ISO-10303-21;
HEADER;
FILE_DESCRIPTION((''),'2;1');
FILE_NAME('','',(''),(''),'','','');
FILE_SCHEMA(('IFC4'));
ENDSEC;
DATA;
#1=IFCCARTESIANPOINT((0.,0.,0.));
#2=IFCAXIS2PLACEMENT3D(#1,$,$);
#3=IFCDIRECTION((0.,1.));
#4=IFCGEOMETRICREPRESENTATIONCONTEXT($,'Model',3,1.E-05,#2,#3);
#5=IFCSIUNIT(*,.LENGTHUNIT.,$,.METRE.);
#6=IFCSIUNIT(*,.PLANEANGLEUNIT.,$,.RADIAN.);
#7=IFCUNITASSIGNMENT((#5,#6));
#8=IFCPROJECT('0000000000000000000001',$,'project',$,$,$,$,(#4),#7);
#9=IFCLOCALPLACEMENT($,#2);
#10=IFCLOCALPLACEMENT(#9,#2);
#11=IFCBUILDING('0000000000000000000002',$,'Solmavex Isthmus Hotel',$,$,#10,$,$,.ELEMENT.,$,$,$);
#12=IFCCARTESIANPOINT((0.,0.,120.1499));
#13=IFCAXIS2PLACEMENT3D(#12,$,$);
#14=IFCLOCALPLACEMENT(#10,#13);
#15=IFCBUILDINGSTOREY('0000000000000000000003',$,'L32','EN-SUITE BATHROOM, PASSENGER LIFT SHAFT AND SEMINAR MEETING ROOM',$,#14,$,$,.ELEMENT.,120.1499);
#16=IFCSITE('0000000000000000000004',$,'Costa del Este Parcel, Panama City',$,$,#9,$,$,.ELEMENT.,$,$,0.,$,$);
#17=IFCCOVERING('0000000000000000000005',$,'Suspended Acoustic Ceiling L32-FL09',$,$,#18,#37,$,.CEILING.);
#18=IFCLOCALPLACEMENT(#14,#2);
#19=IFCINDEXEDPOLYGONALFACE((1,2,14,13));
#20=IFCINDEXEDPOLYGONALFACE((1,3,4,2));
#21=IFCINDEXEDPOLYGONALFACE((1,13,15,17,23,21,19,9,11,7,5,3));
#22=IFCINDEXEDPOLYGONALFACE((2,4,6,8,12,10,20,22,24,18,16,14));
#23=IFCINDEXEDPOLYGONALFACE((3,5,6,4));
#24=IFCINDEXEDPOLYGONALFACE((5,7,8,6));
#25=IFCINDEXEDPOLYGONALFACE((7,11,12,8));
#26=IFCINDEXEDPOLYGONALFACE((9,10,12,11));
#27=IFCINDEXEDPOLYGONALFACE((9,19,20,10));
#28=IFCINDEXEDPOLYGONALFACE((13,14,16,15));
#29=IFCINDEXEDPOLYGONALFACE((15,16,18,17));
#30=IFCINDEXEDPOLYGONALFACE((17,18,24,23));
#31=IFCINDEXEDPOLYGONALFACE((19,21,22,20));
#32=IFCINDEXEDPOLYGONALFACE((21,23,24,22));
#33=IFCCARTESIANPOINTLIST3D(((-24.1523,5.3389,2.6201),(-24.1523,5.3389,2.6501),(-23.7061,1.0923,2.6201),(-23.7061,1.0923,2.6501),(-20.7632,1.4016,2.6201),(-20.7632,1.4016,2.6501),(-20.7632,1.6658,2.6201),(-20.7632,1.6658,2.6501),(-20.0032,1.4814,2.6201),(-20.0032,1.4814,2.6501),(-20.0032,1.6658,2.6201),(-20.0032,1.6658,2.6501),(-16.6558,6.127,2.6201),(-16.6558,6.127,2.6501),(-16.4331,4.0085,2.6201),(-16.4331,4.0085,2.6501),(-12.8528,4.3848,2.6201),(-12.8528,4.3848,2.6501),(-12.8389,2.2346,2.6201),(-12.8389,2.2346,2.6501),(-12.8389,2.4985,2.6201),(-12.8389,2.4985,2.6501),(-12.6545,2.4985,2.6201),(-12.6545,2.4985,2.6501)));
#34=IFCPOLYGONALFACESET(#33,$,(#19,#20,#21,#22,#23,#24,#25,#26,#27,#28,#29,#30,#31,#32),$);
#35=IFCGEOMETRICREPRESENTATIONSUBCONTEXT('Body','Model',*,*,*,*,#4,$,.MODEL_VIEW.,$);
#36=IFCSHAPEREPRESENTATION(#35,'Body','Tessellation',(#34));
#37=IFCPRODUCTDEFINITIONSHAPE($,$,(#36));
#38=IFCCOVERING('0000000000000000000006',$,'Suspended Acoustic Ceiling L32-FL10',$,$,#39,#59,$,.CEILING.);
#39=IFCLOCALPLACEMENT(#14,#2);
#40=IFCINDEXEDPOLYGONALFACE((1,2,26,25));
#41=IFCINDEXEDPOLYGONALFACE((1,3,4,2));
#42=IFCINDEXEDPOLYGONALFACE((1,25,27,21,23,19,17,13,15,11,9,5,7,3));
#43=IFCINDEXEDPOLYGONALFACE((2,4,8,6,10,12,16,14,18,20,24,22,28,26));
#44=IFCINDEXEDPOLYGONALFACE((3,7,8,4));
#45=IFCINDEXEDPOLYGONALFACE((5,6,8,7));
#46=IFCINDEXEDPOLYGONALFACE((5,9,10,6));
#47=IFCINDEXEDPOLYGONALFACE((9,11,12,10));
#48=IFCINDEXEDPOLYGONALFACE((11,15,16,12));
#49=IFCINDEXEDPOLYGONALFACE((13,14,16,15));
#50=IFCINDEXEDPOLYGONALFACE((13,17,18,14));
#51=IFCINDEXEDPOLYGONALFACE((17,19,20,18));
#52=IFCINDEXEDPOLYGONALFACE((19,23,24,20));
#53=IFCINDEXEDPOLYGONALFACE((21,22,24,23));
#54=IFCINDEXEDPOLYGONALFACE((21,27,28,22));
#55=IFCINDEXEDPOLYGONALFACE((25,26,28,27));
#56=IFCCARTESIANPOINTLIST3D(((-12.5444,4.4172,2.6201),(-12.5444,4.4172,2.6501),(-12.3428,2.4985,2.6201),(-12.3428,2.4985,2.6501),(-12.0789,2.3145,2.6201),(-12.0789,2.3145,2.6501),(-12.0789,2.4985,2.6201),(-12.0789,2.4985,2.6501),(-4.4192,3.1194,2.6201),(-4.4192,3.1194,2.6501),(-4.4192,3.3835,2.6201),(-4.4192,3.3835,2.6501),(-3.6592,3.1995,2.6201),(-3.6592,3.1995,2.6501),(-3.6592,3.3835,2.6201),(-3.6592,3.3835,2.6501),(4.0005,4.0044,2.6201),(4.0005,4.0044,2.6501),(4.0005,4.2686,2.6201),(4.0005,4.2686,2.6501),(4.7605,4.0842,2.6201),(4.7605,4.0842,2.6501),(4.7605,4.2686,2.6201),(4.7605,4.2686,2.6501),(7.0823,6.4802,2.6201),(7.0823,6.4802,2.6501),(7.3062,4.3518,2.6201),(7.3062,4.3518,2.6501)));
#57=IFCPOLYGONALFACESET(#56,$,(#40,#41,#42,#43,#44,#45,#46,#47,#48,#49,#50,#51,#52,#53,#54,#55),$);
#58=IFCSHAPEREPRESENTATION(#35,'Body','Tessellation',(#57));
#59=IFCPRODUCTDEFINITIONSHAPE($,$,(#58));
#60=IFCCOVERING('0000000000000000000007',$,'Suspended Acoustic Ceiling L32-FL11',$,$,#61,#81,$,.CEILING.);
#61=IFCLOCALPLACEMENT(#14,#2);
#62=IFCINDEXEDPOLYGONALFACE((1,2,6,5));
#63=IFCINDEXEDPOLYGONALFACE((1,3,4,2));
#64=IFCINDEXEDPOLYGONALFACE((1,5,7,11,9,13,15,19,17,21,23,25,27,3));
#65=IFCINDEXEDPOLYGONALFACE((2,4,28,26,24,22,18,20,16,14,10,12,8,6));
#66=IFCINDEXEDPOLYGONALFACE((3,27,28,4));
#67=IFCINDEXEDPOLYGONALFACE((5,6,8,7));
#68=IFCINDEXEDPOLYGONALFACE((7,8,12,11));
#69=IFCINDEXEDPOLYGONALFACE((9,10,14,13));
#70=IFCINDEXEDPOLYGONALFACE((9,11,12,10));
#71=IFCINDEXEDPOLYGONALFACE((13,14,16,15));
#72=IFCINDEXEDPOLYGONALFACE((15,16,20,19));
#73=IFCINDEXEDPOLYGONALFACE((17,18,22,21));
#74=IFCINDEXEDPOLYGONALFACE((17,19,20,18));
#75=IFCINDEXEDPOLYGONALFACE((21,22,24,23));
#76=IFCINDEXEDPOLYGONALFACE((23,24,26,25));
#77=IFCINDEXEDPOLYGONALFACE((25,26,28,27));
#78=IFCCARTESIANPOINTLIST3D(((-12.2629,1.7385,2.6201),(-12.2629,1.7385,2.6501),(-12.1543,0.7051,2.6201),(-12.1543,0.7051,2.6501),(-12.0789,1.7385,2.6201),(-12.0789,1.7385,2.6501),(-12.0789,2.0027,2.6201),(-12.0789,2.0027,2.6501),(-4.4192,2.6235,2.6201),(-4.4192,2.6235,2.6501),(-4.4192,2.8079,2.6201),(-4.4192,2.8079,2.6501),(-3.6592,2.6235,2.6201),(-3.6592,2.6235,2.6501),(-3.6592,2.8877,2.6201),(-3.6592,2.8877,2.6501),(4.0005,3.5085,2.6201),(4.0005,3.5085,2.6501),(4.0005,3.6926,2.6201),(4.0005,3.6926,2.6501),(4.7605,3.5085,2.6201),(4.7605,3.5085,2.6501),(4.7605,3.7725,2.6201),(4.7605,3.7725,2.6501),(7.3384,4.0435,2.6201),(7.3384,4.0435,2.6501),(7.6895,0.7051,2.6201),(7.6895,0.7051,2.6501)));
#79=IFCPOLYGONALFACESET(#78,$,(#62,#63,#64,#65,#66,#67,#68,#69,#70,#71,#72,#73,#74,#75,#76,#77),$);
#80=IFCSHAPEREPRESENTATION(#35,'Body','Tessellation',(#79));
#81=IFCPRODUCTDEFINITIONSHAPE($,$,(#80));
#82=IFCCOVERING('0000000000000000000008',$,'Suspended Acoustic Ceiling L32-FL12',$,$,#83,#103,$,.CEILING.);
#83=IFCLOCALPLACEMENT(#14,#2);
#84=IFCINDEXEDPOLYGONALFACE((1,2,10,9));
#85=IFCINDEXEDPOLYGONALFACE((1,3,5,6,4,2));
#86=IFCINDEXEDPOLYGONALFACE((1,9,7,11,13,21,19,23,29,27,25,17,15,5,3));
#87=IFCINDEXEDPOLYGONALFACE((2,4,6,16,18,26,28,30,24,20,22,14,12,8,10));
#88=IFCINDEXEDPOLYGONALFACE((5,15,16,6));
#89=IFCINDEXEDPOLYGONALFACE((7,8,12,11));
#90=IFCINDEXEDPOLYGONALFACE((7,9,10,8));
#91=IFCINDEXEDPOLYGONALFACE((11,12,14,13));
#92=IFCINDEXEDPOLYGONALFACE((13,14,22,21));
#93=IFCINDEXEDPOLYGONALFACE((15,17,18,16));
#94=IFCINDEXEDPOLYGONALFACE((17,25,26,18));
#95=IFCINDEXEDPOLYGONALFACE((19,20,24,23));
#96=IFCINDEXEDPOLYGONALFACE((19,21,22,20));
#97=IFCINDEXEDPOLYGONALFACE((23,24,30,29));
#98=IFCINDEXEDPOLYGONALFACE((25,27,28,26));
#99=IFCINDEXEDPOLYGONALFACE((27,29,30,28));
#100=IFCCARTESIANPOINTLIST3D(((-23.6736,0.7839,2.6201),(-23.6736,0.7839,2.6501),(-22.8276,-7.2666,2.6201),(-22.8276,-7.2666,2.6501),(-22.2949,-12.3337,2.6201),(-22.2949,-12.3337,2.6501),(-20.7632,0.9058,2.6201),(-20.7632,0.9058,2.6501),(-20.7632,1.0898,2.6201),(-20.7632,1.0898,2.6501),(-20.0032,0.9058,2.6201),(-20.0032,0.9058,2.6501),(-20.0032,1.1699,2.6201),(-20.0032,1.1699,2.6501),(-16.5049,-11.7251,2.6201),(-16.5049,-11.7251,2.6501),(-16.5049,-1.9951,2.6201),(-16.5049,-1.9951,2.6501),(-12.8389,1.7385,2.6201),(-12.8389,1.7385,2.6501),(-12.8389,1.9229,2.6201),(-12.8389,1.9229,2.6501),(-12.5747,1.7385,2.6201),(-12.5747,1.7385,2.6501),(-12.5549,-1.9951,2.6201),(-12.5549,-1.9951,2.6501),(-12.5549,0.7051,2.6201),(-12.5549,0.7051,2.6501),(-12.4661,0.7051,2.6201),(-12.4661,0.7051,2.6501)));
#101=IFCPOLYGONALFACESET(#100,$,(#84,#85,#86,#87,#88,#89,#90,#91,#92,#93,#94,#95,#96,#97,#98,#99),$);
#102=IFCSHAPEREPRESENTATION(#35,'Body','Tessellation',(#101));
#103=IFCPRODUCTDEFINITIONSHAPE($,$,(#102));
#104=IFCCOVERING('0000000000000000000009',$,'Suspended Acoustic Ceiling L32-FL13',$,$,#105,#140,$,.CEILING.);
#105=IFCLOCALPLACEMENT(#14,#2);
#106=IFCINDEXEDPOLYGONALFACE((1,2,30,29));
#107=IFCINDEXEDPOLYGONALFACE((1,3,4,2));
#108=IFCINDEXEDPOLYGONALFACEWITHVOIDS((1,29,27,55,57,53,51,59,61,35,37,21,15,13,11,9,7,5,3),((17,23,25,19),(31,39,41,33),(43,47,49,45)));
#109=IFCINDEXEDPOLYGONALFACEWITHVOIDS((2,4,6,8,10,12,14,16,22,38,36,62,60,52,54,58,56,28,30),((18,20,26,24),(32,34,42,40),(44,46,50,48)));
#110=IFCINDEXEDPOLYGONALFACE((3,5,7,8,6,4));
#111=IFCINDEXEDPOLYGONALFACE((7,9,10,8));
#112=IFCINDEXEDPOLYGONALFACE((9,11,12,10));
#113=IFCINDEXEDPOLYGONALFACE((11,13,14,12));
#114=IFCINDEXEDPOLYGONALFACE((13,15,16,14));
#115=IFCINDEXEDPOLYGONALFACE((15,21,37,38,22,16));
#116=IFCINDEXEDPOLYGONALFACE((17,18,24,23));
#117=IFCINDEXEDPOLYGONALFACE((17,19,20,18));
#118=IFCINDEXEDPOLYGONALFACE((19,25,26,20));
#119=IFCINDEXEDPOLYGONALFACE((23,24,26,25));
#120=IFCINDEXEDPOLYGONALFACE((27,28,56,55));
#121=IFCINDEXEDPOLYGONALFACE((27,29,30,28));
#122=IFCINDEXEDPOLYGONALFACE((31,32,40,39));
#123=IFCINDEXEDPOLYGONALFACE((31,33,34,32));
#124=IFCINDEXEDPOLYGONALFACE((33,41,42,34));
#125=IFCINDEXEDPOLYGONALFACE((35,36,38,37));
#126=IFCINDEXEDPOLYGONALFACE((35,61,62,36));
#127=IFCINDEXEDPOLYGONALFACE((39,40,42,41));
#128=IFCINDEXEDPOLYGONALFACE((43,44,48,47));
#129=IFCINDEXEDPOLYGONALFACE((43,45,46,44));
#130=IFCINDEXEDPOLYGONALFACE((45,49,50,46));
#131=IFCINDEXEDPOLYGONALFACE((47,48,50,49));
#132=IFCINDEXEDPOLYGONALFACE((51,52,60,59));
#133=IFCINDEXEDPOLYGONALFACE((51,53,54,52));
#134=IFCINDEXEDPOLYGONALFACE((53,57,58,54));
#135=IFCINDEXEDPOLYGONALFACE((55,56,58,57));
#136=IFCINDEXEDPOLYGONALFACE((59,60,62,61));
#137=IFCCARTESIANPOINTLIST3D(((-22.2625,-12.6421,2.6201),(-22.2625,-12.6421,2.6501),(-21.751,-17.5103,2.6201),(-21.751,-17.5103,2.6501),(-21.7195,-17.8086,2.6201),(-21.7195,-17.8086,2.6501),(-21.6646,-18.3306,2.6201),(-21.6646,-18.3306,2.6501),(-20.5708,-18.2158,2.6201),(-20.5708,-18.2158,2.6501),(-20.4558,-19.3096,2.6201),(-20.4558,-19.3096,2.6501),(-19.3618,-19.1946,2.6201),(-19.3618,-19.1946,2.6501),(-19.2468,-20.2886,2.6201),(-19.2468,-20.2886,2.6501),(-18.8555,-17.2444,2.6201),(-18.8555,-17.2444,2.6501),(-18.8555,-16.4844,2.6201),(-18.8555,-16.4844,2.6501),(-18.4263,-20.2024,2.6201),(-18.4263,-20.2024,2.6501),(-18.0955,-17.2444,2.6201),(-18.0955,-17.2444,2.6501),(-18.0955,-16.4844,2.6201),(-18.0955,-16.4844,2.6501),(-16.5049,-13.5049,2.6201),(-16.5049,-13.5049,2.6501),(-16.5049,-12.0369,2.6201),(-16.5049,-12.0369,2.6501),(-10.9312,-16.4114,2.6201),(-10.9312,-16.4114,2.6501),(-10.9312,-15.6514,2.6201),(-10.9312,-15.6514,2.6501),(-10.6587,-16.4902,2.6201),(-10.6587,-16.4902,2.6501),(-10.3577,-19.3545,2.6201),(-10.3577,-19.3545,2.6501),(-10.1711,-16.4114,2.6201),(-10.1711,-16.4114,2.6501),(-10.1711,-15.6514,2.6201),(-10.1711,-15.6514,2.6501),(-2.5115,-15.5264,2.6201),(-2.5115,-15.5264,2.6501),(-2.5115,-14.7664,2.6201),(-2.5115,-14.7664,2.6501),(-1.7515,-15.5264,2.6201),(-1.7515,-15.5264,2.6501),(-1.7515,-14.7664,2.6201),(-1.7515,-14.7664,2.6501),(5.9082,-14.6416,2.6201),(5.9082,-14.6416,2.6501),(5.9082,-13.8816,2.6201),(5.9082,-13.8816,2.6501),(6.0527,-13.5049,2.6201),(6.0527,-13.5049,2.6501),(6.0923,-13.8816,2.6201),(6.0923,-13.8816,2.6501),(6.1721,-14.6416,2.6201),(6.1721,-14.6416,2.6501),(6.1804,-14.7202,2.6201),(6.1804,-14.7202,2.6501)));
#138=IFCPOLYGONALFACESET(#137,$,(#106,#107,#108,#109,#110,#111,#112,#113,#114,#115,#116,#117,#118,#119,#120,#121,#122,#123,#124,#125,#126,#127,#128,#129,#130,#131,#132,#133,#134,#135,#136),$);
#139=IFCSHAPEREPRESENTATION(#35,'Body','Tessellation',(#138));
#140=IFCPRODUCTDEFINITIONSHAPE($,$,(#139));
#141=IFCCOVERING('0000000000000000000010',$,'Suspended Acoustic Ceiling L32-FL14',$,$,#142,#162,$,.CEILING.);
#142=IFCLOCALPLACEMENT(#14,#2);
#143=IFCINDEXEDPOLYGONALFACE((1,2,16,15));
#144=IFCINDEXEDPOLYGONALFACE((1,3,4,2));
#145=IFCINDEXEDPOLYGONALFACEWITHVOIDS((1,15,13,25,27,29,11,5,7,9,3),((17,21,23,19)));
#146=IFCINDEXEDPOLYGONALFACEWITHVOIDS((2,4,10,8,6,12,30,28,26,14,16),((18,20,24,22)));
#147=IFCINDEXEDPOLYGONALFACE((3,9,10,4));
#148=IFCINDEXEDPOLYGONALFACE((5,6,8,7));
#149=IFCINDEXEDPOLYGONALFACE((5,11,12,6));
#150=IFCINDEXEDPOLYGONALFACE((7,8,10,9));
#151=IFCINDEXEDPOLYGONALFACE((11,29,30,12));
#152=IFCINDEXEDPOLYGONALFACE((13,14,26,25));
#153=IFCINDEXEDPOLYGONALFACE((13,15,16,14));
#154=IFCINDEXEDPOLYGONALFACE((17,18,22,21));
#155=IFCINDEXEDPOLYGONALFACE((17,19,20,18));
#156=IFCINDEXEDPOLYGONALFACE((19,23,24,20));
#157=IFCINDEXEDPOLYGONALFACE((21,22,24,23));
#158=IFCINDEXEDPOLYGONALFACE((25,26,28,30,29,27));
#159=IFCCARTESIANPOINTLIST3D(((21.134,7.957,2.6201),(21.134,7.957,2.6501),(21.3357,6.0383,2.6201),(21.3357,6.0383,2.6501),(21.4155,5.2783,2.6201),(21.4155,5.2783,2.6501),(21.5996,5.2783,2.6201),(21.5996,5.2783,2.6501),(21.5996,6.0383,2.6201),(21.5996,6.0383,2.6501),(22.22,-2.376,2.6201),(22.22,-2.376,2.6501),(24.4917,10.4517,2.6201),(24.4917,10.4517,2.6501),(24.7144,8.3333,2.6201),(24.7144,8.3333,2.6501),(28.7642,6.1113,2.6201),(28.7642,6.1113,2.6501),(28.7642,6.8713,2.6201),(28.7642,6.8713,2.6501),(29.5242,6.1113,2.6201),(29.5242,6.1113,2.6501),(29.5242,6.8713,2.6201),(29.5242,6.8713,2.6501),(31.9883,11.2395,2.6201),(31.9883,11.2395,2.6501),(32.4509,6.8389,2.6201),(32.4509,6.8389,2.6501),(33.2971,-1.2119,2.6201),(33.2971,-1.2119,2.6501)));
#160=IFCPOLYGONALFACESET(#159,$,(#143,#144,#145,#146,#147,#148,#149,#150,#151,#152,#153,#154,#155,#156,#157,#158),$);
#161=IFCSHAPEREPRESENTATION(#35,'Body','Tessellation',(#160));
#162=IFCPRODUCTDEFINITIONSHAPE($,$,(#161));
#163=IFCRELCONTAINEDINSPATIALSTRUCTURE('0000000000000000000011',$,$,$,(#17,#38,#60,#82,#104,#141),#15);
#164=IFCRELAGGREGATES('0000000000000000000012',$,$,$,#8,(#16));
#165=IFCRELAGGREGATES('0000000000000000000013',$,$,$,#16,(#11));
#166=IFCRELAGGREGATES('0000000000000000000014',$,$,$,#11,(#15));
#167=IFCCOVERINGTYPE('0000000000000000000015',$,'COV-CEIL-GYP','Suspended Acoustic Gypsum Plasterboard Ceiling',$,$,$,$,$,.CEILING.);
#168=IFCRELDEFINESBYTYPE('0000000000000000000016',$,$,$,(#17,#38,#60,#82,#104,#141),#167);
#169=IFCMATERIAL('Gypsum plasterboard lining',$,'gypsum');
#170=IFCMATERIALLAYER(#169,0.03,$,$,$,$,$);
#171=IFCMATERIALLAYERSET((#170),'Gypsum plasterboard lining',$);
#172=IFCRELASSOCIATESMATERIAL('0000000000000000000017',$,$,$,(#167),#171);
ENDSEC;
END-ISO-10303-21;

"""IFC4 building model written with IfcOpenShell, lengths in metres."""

from ifc_helpers import new_model, si_unit, direction, frame, origin, place, context, subcontext, project, spatial, polyline, outline, extrude, material, layer, layer_set, type_object, element, save


model = new_model("IFC4")

# Units and contexts
model_context = context("Model", 3, precision=1e-05, world=origin(), true_north=direction((0.0, 1.0)))
body_context = subcontext(model_context, "Body", "Model", "MODEL_VIEW")
ifc_project = project(units=[si_unit("LENGTHUNIT", "METRE"), si_unit("PLANEANGLEUNIT", "RADIAN")], contexts=[model_context])

# Site, building, storey
site_placement = place(None, origin())
site = spatial("IfcSite", under=ifc_project, at=site_placement, Name="Costa del Este Parcel, Panama City", CompositionType="ELEMENT", RefElevation=0.0)
building_placement = place(site_placement, origin())
building = spatial("IfcBuilding", under=site, at=building_placement, Name="Solmavex Isthmus Hotel", CompositionType="ELEMENT")
storey_placement = place(building_placement, frame((0.0, 0.0, 120.1499)))
storey = spatial("IfcBuildingStorey", under=building, at=storey_placement, Name="L32", Description="EN-SUITE BATHROOM, PASSENGER LIFT SHAFT AND SEMINAR MEETING ROOM", CompositionType="ELEMENT", Elevation=120.1499)

# Shared definitions
ifc_material_1 = material(Name="Gypsum plasterboard lining", Category="gypsum")

# Coverings
ifc_layer_1 = layer(ifc_material_1, 0.03)
ifc_layer_set_1 = layer_set([ifc_layer_1], Name="Gypsum plasterboard lining")
covering_type_1 = type_object("IfcCoveringType", Name="COV-CEIL-GYP", Description="Suspended Acoustic Gypsum Plasterboard Ceiling", PredefinedType="CEILING", material=ifc_layer_set_1)
covering_1_placement = place(storey_placement, frame((0.0, 0.0, 2.6201)))
element("IfcCovering", 1, at=covering_1_placement, inside=storey, type_object=covering_type_1, Name="Suspended Acoustic Ceiling L32-FL09", PredefinedType="CEILING", context=body_context, shape_type="SweptSolid", body=[
    extrude(outline(polyline([(-12.8389, 2.2346), (-12.8389, 2.4985), (-12.6545, 2.4985), (-12.8528, 4.3848), (-16.4331, 4.0085), (-16.6558, 6.127), (-24.1523, 5.3389), (-23.7061, 1.0923), (-20.7632, 1.4016), (-20.7632, 1.6658), (-20.0032, 1.6658), (-20.0032, 1.4814), (-12.8389, 2.2346)])), origin(), (0.0, 0.0, 1.0), 0.03),
])
covering_2_placement = place(storey_placement, frame((0.0, 0.0, 2.6201)))
element("IfcCovering", 2, at=covering_2_placement, inside=storey, type_object=covering_type_1, Name="Suspended Acoustic Ceiling L32-FL10", PredefinedType="CEILING", context=body_context, shape_type="SweptSolid", body=[
    extrude(outline(polyline([(4.0005, 4.0044), (4.0005, 4.2686), (4.7605, 4.2686), (4.7605, 4.0842), (7.3062, 4.3518), (7.0823, 6.4802), (-12.5444, 4.4172), (-12.3428, 2.4985), (-12.0789, 2.4985), (-12.0789, 2.3145), (-4.4192, 3.1194), (-4.4192, 3.3835), (-3.6592, 3.3835), (-3.6592, 3.1995), (4.0005, 4.0044)])), origin(), (0.0, 0.0, 1.0), 0.03),
])
covering_3_placement = place(storey_placement, frame((0.0, 0.0, 2.6201)))
element("IfcCovering", 3, at=covering_3_placement, inside=storey, type_object=covering_type_1, Name="Suspended Acoustic Ceiling L32-FL11", PredefinedType="CEILING", context=body_context, shape_type="SweptSolid", body=[
    extrude(outline(polyline([(-12.0789, 2.0027), (-12.0789, 1.7385), (-12.2629, 1.7385), (-12.1543, 0.7051), (7.6895, 0.7051), (7.3384, 4.0435), (4.7605, 3.7725), (4.7605, 3.5085), (4.0005, 3.5085), (4.0005, 3.6926), (-3.6592, 2.8877), (-3.6592, 2.6235), (-4.4192, 2.6235), (-4.4192, 2.8079), (-12.0789, 2.0027)])), origin(), (0.0, 0.0, 1.0), 0.03),
])
covering_4_placement = place(storey_placement, frame((0.0, 0.0, 2.6201)))
element("IfcCovering", 4, at=covering_4_placement, inside=storey, type_object=covering_type_1, Name="Suspended Acoustic Ceiling L32-FL12", PredefinedType="CEILING", context=body_context, shape_type="SweptSolid", body=[
    extrude(outline(polyline([(-20.0032, 1.1699), (-20.0032, 0.9058), (-20.7632, 0.9058), (-20.7632, 1.0898), (-23.6736, 0.7839), (-22.8276, -7.2666), (-22.2949, -12.3337), (-16.5049, -11.7251), (-16.5049, -1.9951), (-12.5549, -1.9951), (-12.5549, 0.7051), (-12.4661, 0.7051), (-12.5747, 1.7385), (-12.8389, 1.7385), (-12.8389, 1.9229), (-20.0032, 1.1699)])), origin(), (0.0, 0.0, 1.0), 0.03),
])
covering_5_placement = place(storey_placement, frame((0.0, 0.0, 2.6201)))
element("IfcCovering", 5, at=covering_5_placement, inside=storey, type_object=covering_type_1, Name="Suspended Acoustic Ceiling L32-FL13", PredefinedType="CEILING", context=body_context, shape_type="SweptSolid", body=[
    extrude(outline(polyline([(6.1721, -14.6416), (5.9082, -14.6416), (5.9082, -13.8816), (6.0923, -13.8816), (6.0527, -13.5049), (-16.5049, -13.5049), (-16.5049, -12.0369), (-22.2625, -12.6421), (-21.751, -17.5103), (-21.7195, -17.8086), (-21.6646, -18.3306), (-20.5708, -18.2158), (-20.4558, -19.3096), (-19.3618, -19.1946), (-19.2468, -20.2886), (-18.4263, -20.2024), (-10.3577, -19.3545), (-10.6587, -16.4902), (6.1804, -14.7202), (6.1721, -14.6416)]), holes=[polyline([(-2.5115, -15.5264), (-2.5115, -14.7664), (-1.7515, -14.7664), (-1.7515, -15.5264), (-2.5115, -15.5264)]), polyline([(-10.9312, -16.4114), (-10.9312, -15.6514), (-10.1711, -15.6514), (-10.1711, -16.4114), (-10.9312, -16.4114)]), polyline([(-18.8555, -17.2444), (-18.8555, -16.4844), (-18.0955, -16.4844), (-18.0955, -17.2444), (-18.8555, -17.2444)])]), origin(), (0.0, 0.0, 1.0), 0.03),
])
covering_6_placement = place(storey_placement, frame((0.0, 0.0, 2.6201)))
element("IfcCovering", 6, at=covering_6_placement, inside=storey, type_object=covering_type_1, Name="Suspended Acoustic Ceiling L32-FL14", PredefinedType="CEILING", context=body_context, shape_type="SweptSolid", body=[
    extrude(outline(polyline([(21.3357, 6.0383), (21.5996, 6.0383), (21.5996, 5.2783), (21.4155, 5.2783), (22.22, -2.376), (33.2971, -1.2119), (32.4509, 6.8389), (31.9883, 11.2395), (24.4917, 10.4517), (24.7144, 8.3333), (21.134, 7.957), (21.3357, 6.0383)]), holes=[polyline([(28.7642, 6.1113), (28.7642, 6.8713), (29.5242, 6.8713), (29.5242, 6.1113), (28.7642, 6.1113)])]), origin(), (0.0, 0.0, 1.0), 0.03),
])

save(model, "model.ifc")
